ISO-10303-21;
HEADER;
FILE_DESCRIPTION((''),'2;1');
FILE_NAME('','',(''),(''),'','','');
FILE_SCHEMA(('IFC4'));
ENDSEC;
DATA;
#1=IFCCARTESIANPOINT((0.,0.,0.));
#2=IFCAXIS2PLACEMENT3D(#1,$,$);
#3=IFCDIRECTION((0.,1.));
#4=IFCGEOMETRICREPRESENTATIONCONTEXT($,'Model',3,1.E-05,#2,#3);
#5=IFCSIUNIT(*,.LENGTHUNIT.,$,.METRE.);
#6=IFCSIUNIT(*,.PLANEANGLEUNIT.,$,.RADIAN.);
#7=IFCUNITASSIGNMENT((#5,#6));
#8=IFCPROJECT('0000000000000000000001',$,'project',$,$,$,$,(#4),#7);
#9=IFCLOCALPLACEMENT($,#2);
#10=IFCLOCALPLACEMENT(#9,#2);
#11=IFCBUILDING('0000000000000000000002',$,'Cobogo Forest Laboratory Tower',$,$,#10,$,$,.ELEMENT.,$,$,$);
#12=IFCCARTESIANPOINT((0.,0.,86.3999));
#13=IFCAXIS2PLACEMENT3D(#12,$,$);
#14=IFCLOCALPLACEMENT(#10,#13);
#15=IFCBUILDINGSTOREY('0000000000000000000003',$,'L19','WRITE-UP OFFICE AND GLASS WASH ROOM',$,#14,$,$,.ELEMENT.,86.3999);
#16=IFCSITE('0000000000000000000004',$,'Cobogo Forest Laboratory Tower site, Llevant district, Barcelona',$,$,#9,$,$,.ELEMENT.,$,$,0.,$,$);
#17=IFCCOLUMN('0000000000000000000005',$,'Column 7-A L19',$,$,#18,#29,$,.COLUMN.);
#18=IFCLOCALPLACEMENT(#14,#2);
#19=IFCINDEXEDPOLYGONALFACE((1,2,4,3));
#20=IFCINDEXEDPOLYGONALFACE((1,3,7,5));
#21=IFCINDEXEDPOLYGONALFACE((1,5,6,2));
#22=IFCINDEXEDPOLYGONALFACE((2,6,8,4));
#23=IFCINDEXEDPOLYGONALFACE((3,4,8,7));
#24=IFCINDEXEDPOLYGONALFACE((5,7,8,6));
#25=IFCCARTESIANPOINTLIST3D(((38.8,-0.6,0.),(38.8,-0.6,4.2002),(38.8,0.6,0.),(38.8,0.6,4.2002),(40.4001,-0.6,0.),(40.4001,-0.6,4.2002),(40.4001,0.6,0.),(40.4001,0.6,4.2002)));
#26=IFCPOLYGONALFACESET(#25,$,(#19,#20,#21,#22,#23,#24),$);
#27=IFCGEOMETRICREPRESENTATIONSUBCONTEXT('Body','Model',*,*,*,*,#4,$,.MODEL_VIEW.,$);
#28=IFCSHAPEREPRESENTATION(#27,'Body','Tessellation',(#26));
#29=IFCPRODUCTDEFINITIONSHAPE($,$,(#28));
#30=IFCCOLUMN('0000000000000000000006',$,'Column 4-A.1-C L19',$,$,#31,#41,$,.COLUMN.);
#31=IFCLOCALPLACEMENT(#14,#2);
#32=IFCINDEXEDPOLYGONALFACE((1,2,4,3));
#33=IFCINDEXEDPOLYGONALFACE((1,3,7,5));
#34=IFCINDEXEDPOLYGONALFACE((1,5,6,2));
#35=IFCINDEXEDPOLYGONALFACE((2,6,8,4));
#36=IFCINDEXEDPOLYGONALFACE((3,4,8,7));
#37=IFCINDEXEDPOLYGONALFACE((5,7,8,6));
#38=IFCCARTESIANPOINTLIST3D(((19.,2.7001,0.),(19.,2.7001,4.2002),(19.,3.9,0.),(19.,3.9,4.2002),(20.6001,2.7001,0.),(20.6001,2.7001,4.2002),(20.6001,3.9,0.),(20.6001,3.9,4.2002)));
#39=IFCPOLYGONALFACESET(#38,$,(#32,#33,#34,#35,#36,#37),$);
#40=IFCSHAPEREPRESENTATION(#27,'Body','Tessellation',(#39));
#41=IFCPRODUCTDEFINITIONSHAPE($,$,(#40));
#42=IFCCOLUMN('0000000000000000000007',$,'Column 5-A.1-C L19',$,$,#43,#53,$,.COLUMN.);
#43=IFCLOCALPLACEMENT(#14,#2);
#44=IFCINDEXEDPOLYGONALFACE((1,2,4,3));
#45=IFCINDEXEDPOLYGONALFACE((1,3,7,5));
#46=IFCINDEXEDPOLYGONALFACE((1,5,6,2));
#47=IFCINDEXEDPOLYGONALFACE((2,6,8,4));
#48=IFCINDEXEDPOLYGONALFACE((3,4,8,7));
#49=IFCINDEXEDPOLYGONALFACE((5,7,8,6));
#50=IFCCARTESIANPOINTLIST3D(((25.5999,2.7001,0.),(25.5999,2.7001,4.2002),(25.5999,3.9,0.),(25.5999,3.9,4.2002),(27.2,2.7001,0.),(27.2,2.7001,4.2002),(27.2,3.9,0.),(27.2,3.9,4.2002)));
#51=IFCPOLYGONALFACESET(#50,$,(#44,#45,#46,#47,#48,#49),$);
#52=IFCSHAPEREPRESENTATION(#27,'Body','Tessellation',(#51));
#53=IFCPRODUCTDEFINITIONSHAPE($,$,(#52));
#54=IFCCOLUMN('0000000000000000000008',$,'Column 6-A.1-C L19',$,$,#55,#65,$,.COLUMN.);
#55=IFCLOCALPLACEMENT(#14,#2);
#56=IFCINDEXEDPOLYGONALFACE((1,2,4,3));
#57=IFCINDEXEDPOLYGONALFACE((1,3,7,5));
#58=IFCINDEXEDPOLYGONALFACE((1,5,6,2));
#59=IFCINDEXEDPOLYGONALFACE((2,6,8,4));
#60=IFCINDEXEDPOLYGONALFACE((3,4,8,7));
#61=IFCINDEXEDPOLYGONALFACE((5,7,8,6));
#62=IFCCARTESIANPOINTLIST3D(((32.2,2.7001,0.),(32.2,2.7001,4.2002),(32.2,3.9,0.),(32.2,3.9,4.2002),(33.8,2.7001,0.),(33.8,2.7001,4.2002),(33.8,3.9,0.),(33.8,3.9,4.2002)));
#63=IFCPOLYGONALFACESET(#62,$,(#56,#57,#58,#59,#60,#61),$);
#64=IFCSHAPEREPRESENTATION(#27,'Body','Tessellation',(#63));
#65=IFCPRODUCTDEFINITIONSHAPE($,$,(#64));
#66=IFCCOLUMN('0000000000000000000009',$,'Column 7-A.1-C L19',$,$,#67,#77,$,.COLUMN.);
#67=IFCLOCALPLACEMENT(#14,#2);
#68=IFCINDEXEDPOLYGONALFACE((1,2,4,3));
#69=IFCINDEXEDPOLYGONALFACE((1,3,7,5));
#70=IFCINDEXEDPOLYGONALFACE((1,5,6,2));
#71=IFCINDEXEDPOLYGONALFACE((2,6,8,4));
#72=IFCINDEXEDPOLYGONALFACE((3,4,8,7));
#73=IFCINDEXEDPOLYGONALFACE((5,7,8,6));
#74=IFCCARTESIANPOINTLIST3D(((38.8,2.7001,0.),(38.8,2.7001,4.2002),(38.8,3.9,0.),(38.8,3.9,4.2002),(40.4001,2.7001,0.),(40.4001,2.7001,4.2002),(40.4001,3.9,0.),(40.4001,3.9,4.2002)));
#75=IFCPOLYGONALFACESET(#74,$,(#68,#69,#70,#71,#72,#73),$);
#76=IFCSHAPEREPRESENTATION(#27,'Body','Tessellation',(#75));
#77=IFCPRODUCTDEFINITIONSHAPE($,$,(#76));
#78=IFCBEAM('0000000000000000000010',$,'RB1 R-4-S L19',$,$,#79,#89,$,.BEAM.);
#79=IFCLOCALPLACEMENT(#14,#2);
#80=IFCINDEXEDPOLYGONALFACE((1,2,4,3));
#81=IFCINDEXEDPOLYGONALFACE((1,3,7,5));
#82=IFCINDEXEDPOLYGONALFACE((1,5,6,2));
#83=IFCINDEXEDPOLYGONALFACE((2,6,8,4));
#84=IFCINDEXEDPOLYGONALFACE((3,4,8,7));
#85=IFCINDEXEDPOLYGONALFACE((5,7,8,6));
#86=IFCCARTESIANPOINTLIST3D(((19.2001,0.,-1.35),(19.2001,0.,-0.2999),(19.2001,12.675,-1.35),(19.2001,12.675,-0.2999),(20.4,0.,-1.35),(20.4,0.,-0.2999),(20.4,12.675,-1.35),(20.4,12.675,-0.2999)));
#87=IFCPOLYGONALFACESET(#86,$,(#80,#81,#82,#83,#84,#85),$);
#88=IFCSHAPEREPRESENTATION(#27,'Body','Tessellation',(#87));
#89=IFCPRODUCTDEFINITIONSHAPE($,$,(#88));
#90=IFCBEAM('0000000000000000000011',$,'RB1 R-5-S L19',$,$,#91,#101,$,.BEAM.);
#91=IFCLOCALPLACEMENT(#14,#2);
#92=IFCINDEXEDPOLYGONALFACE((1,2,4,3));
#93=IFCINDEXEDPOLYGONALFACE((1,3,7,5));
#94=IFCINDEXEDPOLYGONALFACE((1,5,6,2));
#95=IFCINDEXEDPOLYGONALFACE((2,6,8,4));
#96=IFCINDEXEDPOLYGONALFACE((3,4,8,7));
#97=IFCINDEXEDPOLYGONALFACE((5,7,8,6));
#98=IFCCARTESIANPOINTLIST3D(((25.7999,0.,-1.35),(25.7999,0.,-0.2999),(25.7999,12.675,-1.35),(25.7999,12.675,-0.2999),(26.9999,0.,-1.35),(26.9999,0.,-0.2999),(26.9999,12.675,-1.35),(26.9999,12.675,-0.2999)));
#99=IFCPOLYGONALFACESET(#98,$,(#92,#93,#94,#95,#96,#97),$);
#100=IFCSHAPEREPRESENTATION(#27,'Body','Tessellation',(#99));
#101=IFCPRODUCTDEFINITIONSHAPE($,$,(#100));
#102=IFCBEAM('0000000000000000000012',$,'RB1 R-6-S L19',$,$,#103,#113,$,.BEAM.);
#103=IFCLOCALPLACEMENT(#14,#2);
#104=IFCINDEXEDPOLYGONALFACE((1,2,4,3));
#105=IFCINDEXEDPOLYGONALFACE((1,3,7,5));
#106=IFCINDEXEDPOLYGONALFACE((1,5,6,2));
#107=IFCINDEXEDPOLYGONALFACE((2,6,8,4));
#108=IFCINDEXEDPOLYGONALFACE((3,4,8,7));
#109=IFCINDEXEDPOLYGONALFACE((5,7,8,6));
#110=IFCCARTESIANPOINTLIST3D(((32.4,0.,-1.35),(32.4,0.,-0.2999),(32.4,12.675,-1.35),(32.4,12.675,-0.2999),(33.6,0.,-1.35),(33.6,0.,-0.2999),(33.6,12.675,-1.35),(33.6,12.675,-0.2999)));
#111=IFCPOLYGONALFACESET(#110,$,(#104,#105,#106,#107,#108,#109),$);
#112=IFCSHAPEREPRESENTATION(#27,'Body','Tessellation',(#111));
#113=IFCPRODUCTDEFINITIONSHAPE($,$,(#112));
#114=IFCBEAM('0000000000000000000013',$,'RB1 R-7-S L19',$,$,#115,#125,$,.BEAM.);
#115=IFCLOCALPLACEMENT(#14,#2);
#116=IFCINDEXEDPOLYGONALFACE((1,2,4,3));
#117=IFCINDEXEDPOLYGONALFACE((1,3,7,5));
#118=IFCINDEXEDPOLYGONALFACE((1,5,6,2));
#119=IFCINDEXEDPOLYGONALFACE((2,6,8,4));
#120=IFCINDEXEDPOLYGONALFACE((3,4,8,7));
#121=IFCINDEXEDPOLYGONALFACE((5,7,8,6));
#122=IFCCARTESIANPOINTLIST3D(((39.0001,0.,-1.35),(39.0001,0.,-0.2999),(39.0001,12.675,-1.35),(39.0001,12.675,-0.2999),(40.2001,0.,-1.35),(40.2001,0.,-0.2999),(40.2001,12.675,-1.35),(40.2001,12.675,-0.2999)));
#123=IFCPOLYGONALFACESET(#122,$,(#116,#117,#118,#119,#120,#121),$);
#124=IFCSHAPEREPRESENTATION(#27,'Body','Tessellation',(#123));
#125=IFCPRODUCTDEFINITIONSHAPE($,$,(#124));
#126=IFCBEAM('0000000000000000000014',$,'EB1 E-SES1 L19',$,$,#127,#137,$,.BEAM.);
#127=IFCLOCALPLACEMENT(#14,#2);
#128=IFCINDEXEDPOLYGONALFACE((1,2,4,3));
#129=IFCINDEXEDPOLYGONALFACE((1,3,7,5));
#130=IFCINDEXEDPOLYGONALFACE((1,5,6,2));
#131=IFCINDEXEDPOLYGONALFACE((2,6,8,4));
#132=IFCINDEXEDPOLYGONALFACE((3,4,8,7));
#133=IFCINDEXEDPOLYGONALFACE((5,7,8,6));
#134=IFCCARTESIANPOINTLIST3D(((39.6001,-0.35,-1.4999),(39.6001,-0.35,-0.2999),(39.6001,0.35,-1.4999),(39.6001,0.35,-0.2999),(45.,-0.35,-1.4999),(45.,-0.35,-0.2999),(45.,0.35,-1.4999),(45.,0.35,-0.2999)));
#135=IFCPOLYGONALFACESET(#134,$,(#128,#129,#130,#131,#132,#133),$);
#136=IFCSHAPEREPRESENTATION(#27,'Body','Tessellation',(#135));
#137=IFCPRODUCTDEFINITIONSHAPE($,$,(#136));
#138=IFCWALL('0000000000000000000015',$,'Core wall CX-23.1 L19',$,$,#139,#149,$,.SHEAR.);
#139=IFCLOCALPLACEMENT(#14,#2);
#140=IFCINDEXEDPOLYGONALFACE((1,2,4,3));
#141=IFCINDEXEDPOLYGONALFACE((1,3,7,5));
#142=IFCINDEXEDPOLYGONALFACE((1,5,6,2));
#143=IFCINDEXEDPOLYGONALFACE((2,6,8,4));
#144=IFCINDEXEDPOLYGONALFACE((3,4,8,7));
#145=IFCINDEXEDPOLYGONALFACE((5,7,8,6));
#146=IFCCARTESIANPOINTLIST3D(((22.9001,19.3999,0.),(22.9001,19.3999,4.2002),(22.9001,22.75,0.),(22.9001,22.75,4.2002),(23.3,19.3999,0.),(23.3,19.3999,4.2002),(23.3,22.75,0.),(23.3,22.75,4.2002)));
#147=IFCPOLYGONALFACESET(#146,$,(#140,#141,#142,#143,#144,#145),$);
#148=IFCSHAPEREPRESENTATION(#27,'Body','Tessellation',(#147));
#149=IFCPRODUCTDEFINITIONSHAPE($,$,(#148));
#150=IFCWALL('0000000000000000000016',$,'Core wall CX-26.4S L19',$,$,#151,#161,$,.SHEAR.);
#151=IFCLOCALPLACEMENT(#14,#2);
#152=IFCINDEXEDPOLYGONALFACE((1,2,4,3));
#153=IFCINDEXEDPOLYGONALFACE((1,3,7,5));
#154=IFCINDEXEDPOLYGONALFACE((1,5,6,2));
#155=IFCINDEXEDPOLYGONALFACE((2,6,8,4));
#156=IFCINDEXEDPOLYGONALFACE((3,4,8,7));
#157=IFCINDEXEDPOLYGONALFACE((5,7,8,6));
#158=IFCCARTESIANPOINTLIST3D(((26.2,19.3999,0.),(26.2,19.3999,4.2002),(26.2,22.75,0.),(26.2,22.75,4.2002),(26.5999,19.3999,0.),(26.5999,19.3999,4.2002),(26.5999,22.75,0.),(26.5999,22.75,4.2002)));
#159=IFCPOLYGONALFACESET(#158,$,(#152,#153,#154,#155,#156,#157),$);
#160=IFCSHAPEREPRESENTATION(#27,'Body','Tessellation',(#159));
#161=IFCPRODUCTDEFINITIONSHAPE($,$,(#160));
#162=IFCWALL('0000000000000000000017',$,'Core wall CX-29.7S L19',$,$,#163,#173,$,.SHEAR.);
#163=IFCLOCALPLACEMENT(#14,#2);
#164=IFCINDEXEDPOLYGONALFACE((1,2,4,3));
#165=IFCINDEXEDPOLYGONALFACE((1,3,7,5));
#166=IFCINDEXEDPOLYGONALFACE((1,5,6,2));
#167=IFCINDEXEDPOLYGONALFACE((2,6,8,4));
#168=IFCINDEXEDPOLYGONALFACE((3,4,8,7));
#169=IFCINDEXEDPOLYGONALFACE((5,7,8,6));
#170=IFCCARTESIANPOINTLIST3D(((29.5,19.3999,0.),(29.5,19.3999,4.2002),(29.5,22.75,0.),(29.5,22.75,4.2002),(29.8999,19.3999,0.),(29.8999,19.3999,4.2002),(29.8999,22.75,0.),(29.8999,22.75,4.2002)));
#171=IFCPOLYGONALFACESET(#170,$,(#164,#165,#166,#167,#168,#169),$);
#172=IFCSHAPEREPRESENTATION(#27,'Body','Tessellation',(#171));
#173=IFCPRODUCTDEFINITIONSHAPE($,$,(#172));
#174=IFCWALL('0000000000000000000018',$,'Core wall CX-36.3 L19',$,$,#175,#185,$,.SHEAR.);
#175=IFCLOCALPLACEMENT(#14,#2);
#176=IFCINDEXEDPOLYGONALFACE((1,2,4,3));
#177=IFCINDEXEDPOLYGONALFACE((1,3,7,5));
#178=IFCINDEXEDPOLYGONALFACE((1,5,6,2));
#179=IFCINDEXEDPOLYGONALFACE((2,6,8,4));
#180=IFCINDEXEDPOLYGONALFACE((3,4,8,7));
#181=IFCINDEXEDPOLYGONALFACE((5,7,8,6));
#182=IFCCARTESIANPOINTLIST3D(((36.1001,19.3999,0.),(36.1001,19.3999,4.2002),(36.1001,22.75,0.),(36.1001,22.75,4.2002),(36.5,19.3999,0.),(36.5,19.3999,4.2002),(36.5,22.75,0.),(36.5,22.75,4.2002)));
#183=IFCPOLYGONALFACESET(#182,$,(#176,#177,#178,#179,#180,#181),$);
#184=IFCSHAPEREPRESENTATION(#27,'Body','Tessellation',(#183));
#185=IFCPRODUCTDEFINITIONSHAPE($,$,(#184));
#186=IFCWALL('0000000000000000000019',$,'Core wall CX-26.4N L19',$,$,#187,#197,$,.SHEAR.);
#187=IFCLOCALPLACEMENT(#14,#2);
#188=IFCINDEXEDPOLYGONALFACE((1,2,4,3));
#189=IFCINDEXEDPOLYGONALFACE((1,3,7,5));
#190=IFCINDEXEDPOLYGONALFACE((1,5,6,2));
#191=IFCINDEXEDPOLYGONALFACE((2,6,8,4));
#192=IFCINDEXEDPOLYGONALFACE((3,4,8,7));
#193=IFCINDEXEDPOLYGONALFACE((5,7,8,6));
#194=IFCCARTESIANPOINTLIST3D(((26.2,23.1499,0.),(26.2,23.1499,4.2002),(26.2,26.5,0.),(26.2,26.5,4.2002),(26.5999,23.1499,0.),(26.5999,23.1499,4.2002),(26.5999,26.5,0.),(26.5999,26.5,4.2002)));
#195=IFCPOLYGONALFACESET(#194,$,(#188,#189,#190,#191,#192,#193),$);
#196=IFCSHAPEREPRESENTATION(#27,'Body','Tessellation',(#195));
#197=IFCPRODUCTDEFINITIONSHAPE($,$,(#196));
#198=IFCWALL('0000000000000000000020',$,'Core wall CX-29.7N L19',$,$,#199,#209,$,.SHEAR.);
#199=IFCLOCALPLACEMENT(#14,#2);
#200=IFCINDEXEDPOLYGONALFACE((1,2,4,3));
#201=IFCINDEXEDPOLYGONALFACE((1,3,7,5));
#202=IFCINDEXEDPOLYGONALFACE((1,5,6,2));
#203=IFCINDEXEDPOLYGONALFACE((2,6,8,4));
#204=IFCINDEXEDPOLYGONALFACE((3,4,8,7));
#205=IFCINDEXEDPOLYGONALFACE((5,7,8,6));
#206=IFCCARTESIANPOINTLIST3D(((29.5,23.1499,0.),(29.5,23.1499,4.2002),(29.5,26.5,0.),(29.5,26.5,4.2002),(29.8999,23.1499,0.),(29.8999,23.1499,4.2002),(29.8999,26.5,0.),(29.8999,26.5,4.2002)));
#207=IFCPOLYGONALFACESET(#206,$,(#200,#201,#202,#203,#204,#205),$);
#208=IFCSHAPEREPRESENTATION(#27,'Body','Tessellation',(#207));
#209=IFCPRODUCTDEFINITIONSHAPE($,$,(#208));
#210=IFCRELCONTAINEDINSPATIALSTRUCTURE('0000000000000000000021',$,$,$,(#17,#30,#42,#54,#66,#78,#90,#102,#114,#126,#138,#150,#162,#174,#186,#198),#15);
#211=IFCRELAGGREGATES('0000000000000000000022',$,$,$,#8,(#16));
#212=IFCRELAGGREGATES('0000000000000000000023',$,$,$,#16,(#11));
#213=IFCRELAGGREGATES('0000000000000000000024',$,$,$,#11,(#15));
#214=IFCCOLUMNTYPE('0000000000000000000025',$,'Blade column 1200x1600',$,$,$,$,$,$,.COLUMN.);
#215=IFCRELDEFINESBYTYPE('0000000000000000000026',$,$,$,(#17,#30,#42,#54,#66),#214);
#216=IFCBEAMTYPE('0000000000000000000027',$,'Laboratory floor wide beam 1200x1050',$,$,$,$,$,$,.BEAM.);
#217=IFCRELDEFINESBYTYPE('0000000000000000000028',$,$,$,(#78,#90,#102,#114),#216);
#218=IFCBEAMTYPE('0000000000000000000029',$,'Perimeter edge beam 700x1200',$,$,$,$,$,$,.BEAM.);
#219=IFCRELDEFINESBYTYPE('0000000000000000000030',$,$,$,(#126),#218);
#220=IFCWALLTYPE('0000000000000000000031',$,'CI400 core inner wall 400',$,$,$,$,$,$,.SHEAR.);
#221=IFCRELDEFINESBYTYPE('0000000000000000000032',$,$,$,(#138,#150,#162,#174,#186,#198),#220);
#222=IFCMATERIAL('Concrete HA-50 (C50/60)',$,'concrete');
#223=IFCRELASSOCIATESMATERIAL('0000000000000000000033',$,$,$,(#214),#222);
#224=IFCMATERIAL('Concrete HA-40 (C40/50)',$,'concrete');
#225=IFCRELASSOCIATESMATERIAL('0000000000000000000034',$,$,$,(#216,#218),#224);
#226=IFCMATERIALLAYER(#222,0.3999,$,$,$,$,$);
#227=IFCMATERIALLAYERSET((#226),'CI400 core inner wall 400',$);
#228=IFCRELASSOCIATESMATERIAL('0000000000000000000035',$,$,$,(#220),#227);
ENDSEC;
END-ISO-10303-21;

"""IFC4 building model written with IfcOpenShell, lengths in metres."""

from ifc_helpers import new_model, si_unit, direction, frame, frame_2d, origin, origin_2d, place, context, subcontext, project, spatial, rectangle, extrude, material, layer, layer_set, material_profile, profile_set, type_object, element, save


model = new_model("IFC4")

# Units and contexts
model_context = context("Model", 3, precision=1e-05, world=origin(), true_north=direction((0.0, 1.0)))
body_context = subcontext(model_context, "Body", "Model", "MODEL_VIEW")
ifc_project = project(units=[si_unit("LENGTHUNIT", "METRE"), si_unit("PLANEANGLEUNIT", "RADIAN")], contexts=[model_context])

# Site, building, storey
site_placement = place(None, origin())
site = spatial("IfcSite", under=ifc_project, at=site_placement, Name="Cobogo Forest Laboratory Tower site, Llevant district, Barcelona", CompositionType="ELEMENT", RefElevation=0.0)
building_placement = place(site_placement, origin())
building = spatial("IfcBuilding", under=site, at=building_placement, Name="Cobogo Forest Laboratory Tower", CompositionType="ELEMENT")
storey_placement = place(building_placement, frame((0.0, 0.0, 86.3999)))
storey = spatial("IfcBuildingStorey", under=building, at=storey_placement, Name="L19", Description="WRITE-UP OFFICE AND GLASS WASH ROOM", CompositionType="ELEMENT", Elevation=86.3999)

# Columns
ifc_material_1 = material(Name="Concrete HA-50 (C50/60)", Category="concrete")
ifc_material_profile_1 = material_profile(ifc_material_1, rectangle(XDim=1.6001, YDim=1.2, at=origin_2d()), Name="RC 1200x1600")
ifc_profile_set_1 = profile_set([ifc_material_profile_1], Name="Concrete HA-50 (C50/60)")
column_type = type_object("IfcColumnType", Name="Blade column 1200x1600", PredefinedType="COLUMN", material=ifc_profile_set_1)
for number, where, z_axis, x_axis, name in (
    (1, (39.6001, 0.0, 0.0), (0.0, 0.0, 1.0), (1.0, 0.0, 0.0), "Column 7-A L19"),
    (2, (19.8, 3.3, 0.0), (0.0, 0.0, 1.0), (1.0, 0.0, 0.0), "Column 4-A.1-C L19"),
    (3, (26.3999, 3.3, 0.0), (0.0, 0.0, 1.0), (1.0, 0.0, 0.0), "Column 5-A.1-C L19"),
    (4, (33.0, 3.3, 0.0), (0.0, 0.0, 1.0), (1.0, 0.0, 0.0), "Column 6-A.1-C L19"),
    (5, (39.6001, 3.3, 0.0), (0.0, 0.0, 1.0), (1.0, 0.0, 0.0), "Column 7-A.1-C L19"),
):
    element("IfcColumn", number, at=place(storey_placement, frame(where, z_axis=z_axis, x_axis=x_axis)), inside=storey, type_object=column_type, Name=name, PredefinedType="COLUMN", context=body_context, shape_type="SweptSolid", body=[
        extrude(rectangle(XDim=1.6001, YDim=1.2, at=origin_2d()), origin(), (0.0, 0.0, 1.0), 4.2002),
    ])

# Beams
ifc_material_2 = material(Name="Concrete HA-40 (C40/50)", Category="concrete")
ifc_material_profile_2 = material_profile(ifc_material_2, rectangle(XDim=1.2, YDim=1.05, at=origin_2d()), Name="RC 1200x1050")
ifc_profile_set_2 = profile_set([ifc_material_profile_2], Name="Concrete HA-40 (C40/50)")
beam_type_1 = type_object("IfcBeamType", Name="Laboratory floor wide beam 1200x1050", PredefinedType="BEAM", material=ifc_profile_set_2)
for number, where, z_axis, x_axis, name in (
    (6, (19.8, 12.675, -0.825), (0.0, -1.0, 0.0), (1.0, 0.0, 0.0), "RB1 R-4-S L19"),
    (7, (26.3999, 12.675, -0.825), (0.0, -1.0, 0.0), (1.0, 0.0, 0.0), "RB1 R-5-S L19"),
    (8, (33.0, 12.675, -0.825), (0.0, -1.0, 0.0), (1.0, 0.0, 0.0), "RB1 R-6-S L19"),
    (9, (39.6001, 12.675, -0.825), (0.0, -1.0, 0.0), (1.0, 0.0, 0.0), "RB1 R-7-S L19"),
):
    element("IfcBeam", number, at=place(storey_placement, frame(where, z_axis=z_axis, x_axis=x_axis)), inside=storey, type_object=beam_type_1, Name=name, PredefinedType="BEAM", context=body_context, shape_type="SweptSolid", body=[
        extrude(rectangle(XDim=1.2, YDim=1.05, at=origin_2d()), origin(), (0.0, 0.0, 1.0), 12.675),
    ])
ifc_material_profile_3 = material_profile(ifc_material_2, rectangle(XDim=0.7, YDim=1.2, at=origin_2d()), Name="RC 700x1200")
ifc_profile_set_3 = profile_set([ifc_material_profile_3], Name="Concrete HA-40 (C40/50)")
beam_type_2 = type_object("IfcBeamType", Name="Perimeter edge beam 700x1200", PredefinedType="BEAM", material=ifc_profile_set_3)
beam_placement = place(storey_placement, frame((39.6001, 0.0, -0.8999), z_axis=(1.0, 0.0, 0.0), x_axis=(0.0, 1.0, 0.0)))
element("IfcBeam", 10, at=beam_placement, inside=storey, type_object=beam_type_2, Name="EB1 E-SES1 L19", PredefinedType="BEAM", context=body_context, shape_type="SweptSolid", body=[
    extrude(rectangle(XDim=0.7, YDim=1.2, at=origin_2d()), origin(), (0.0, 0.0, 1.0), 5.3999),
])

# Walls
ifc_layer_1 = layer(ifc_material_1, 0.3999)
ifc_layer_set_1 = layer_set([ifc_layer_1], Name="CI400 core inner wall 400")
wall_type_1 = type_object("IfcWallType", Name="CI400 core inner wall 400", PredefinedType="SHEAR", material=ifc_layer_set_1)
for number, where, z_axis, x_axis, name in (
    (11, (23.1001, 19.3999, 0.0), (0.0, 0.0, 1.0), (0.0, 1.0, 0.0), "Core wall CX-23.1 L19"),
    (12, (26.3999, 19.3999, 0.0), (0.0, 0.0, 1.0), (0.0, 1.0, 0.0), "Core wall CX-26.4S L19"),
    (13, (29.7, 19.3999, 0.0), (0.0, 0.0, 1.0), (0.0, 1.0, 0.0), "Core wall CX-29.7S L19"),
    (14, (36.3, 19.3999, 0.0), (0.0, 0.0, 1.0), (0.0, 1.0, 0.0), "Core wall CX-36.3 L19"),
    (15, (26.3999, 23.1499, 0.0), (0.0, 0.0, 1.0), (0.0, 1.0, 0.0), "Core wall CX-26.4N L19"),
    (16, (29.7, 23.1499, 0.0), (0.0, 0.0, 1.0), (0.0, 1.0, 0.0), "Core wall CX-29.7N L19"),
):
    element("IfcWall", number, at=place(storey_placement, frame(where, z_axis=z_axis, x_axis=x_axis)), inside=storey, type_object=wall_type_1, Name=name, PredefinedType="SHEAR", context=body_context, shape_type="SweptSolid", body=[
        extrude(rectangle(XDim=3.3501, YDim=0.3999, at=frame_2d((1.675, 0.0))), origin(), (0.0, 0.0, 1.0), 4.2002),
    ])

save(model, "model.ifc")
